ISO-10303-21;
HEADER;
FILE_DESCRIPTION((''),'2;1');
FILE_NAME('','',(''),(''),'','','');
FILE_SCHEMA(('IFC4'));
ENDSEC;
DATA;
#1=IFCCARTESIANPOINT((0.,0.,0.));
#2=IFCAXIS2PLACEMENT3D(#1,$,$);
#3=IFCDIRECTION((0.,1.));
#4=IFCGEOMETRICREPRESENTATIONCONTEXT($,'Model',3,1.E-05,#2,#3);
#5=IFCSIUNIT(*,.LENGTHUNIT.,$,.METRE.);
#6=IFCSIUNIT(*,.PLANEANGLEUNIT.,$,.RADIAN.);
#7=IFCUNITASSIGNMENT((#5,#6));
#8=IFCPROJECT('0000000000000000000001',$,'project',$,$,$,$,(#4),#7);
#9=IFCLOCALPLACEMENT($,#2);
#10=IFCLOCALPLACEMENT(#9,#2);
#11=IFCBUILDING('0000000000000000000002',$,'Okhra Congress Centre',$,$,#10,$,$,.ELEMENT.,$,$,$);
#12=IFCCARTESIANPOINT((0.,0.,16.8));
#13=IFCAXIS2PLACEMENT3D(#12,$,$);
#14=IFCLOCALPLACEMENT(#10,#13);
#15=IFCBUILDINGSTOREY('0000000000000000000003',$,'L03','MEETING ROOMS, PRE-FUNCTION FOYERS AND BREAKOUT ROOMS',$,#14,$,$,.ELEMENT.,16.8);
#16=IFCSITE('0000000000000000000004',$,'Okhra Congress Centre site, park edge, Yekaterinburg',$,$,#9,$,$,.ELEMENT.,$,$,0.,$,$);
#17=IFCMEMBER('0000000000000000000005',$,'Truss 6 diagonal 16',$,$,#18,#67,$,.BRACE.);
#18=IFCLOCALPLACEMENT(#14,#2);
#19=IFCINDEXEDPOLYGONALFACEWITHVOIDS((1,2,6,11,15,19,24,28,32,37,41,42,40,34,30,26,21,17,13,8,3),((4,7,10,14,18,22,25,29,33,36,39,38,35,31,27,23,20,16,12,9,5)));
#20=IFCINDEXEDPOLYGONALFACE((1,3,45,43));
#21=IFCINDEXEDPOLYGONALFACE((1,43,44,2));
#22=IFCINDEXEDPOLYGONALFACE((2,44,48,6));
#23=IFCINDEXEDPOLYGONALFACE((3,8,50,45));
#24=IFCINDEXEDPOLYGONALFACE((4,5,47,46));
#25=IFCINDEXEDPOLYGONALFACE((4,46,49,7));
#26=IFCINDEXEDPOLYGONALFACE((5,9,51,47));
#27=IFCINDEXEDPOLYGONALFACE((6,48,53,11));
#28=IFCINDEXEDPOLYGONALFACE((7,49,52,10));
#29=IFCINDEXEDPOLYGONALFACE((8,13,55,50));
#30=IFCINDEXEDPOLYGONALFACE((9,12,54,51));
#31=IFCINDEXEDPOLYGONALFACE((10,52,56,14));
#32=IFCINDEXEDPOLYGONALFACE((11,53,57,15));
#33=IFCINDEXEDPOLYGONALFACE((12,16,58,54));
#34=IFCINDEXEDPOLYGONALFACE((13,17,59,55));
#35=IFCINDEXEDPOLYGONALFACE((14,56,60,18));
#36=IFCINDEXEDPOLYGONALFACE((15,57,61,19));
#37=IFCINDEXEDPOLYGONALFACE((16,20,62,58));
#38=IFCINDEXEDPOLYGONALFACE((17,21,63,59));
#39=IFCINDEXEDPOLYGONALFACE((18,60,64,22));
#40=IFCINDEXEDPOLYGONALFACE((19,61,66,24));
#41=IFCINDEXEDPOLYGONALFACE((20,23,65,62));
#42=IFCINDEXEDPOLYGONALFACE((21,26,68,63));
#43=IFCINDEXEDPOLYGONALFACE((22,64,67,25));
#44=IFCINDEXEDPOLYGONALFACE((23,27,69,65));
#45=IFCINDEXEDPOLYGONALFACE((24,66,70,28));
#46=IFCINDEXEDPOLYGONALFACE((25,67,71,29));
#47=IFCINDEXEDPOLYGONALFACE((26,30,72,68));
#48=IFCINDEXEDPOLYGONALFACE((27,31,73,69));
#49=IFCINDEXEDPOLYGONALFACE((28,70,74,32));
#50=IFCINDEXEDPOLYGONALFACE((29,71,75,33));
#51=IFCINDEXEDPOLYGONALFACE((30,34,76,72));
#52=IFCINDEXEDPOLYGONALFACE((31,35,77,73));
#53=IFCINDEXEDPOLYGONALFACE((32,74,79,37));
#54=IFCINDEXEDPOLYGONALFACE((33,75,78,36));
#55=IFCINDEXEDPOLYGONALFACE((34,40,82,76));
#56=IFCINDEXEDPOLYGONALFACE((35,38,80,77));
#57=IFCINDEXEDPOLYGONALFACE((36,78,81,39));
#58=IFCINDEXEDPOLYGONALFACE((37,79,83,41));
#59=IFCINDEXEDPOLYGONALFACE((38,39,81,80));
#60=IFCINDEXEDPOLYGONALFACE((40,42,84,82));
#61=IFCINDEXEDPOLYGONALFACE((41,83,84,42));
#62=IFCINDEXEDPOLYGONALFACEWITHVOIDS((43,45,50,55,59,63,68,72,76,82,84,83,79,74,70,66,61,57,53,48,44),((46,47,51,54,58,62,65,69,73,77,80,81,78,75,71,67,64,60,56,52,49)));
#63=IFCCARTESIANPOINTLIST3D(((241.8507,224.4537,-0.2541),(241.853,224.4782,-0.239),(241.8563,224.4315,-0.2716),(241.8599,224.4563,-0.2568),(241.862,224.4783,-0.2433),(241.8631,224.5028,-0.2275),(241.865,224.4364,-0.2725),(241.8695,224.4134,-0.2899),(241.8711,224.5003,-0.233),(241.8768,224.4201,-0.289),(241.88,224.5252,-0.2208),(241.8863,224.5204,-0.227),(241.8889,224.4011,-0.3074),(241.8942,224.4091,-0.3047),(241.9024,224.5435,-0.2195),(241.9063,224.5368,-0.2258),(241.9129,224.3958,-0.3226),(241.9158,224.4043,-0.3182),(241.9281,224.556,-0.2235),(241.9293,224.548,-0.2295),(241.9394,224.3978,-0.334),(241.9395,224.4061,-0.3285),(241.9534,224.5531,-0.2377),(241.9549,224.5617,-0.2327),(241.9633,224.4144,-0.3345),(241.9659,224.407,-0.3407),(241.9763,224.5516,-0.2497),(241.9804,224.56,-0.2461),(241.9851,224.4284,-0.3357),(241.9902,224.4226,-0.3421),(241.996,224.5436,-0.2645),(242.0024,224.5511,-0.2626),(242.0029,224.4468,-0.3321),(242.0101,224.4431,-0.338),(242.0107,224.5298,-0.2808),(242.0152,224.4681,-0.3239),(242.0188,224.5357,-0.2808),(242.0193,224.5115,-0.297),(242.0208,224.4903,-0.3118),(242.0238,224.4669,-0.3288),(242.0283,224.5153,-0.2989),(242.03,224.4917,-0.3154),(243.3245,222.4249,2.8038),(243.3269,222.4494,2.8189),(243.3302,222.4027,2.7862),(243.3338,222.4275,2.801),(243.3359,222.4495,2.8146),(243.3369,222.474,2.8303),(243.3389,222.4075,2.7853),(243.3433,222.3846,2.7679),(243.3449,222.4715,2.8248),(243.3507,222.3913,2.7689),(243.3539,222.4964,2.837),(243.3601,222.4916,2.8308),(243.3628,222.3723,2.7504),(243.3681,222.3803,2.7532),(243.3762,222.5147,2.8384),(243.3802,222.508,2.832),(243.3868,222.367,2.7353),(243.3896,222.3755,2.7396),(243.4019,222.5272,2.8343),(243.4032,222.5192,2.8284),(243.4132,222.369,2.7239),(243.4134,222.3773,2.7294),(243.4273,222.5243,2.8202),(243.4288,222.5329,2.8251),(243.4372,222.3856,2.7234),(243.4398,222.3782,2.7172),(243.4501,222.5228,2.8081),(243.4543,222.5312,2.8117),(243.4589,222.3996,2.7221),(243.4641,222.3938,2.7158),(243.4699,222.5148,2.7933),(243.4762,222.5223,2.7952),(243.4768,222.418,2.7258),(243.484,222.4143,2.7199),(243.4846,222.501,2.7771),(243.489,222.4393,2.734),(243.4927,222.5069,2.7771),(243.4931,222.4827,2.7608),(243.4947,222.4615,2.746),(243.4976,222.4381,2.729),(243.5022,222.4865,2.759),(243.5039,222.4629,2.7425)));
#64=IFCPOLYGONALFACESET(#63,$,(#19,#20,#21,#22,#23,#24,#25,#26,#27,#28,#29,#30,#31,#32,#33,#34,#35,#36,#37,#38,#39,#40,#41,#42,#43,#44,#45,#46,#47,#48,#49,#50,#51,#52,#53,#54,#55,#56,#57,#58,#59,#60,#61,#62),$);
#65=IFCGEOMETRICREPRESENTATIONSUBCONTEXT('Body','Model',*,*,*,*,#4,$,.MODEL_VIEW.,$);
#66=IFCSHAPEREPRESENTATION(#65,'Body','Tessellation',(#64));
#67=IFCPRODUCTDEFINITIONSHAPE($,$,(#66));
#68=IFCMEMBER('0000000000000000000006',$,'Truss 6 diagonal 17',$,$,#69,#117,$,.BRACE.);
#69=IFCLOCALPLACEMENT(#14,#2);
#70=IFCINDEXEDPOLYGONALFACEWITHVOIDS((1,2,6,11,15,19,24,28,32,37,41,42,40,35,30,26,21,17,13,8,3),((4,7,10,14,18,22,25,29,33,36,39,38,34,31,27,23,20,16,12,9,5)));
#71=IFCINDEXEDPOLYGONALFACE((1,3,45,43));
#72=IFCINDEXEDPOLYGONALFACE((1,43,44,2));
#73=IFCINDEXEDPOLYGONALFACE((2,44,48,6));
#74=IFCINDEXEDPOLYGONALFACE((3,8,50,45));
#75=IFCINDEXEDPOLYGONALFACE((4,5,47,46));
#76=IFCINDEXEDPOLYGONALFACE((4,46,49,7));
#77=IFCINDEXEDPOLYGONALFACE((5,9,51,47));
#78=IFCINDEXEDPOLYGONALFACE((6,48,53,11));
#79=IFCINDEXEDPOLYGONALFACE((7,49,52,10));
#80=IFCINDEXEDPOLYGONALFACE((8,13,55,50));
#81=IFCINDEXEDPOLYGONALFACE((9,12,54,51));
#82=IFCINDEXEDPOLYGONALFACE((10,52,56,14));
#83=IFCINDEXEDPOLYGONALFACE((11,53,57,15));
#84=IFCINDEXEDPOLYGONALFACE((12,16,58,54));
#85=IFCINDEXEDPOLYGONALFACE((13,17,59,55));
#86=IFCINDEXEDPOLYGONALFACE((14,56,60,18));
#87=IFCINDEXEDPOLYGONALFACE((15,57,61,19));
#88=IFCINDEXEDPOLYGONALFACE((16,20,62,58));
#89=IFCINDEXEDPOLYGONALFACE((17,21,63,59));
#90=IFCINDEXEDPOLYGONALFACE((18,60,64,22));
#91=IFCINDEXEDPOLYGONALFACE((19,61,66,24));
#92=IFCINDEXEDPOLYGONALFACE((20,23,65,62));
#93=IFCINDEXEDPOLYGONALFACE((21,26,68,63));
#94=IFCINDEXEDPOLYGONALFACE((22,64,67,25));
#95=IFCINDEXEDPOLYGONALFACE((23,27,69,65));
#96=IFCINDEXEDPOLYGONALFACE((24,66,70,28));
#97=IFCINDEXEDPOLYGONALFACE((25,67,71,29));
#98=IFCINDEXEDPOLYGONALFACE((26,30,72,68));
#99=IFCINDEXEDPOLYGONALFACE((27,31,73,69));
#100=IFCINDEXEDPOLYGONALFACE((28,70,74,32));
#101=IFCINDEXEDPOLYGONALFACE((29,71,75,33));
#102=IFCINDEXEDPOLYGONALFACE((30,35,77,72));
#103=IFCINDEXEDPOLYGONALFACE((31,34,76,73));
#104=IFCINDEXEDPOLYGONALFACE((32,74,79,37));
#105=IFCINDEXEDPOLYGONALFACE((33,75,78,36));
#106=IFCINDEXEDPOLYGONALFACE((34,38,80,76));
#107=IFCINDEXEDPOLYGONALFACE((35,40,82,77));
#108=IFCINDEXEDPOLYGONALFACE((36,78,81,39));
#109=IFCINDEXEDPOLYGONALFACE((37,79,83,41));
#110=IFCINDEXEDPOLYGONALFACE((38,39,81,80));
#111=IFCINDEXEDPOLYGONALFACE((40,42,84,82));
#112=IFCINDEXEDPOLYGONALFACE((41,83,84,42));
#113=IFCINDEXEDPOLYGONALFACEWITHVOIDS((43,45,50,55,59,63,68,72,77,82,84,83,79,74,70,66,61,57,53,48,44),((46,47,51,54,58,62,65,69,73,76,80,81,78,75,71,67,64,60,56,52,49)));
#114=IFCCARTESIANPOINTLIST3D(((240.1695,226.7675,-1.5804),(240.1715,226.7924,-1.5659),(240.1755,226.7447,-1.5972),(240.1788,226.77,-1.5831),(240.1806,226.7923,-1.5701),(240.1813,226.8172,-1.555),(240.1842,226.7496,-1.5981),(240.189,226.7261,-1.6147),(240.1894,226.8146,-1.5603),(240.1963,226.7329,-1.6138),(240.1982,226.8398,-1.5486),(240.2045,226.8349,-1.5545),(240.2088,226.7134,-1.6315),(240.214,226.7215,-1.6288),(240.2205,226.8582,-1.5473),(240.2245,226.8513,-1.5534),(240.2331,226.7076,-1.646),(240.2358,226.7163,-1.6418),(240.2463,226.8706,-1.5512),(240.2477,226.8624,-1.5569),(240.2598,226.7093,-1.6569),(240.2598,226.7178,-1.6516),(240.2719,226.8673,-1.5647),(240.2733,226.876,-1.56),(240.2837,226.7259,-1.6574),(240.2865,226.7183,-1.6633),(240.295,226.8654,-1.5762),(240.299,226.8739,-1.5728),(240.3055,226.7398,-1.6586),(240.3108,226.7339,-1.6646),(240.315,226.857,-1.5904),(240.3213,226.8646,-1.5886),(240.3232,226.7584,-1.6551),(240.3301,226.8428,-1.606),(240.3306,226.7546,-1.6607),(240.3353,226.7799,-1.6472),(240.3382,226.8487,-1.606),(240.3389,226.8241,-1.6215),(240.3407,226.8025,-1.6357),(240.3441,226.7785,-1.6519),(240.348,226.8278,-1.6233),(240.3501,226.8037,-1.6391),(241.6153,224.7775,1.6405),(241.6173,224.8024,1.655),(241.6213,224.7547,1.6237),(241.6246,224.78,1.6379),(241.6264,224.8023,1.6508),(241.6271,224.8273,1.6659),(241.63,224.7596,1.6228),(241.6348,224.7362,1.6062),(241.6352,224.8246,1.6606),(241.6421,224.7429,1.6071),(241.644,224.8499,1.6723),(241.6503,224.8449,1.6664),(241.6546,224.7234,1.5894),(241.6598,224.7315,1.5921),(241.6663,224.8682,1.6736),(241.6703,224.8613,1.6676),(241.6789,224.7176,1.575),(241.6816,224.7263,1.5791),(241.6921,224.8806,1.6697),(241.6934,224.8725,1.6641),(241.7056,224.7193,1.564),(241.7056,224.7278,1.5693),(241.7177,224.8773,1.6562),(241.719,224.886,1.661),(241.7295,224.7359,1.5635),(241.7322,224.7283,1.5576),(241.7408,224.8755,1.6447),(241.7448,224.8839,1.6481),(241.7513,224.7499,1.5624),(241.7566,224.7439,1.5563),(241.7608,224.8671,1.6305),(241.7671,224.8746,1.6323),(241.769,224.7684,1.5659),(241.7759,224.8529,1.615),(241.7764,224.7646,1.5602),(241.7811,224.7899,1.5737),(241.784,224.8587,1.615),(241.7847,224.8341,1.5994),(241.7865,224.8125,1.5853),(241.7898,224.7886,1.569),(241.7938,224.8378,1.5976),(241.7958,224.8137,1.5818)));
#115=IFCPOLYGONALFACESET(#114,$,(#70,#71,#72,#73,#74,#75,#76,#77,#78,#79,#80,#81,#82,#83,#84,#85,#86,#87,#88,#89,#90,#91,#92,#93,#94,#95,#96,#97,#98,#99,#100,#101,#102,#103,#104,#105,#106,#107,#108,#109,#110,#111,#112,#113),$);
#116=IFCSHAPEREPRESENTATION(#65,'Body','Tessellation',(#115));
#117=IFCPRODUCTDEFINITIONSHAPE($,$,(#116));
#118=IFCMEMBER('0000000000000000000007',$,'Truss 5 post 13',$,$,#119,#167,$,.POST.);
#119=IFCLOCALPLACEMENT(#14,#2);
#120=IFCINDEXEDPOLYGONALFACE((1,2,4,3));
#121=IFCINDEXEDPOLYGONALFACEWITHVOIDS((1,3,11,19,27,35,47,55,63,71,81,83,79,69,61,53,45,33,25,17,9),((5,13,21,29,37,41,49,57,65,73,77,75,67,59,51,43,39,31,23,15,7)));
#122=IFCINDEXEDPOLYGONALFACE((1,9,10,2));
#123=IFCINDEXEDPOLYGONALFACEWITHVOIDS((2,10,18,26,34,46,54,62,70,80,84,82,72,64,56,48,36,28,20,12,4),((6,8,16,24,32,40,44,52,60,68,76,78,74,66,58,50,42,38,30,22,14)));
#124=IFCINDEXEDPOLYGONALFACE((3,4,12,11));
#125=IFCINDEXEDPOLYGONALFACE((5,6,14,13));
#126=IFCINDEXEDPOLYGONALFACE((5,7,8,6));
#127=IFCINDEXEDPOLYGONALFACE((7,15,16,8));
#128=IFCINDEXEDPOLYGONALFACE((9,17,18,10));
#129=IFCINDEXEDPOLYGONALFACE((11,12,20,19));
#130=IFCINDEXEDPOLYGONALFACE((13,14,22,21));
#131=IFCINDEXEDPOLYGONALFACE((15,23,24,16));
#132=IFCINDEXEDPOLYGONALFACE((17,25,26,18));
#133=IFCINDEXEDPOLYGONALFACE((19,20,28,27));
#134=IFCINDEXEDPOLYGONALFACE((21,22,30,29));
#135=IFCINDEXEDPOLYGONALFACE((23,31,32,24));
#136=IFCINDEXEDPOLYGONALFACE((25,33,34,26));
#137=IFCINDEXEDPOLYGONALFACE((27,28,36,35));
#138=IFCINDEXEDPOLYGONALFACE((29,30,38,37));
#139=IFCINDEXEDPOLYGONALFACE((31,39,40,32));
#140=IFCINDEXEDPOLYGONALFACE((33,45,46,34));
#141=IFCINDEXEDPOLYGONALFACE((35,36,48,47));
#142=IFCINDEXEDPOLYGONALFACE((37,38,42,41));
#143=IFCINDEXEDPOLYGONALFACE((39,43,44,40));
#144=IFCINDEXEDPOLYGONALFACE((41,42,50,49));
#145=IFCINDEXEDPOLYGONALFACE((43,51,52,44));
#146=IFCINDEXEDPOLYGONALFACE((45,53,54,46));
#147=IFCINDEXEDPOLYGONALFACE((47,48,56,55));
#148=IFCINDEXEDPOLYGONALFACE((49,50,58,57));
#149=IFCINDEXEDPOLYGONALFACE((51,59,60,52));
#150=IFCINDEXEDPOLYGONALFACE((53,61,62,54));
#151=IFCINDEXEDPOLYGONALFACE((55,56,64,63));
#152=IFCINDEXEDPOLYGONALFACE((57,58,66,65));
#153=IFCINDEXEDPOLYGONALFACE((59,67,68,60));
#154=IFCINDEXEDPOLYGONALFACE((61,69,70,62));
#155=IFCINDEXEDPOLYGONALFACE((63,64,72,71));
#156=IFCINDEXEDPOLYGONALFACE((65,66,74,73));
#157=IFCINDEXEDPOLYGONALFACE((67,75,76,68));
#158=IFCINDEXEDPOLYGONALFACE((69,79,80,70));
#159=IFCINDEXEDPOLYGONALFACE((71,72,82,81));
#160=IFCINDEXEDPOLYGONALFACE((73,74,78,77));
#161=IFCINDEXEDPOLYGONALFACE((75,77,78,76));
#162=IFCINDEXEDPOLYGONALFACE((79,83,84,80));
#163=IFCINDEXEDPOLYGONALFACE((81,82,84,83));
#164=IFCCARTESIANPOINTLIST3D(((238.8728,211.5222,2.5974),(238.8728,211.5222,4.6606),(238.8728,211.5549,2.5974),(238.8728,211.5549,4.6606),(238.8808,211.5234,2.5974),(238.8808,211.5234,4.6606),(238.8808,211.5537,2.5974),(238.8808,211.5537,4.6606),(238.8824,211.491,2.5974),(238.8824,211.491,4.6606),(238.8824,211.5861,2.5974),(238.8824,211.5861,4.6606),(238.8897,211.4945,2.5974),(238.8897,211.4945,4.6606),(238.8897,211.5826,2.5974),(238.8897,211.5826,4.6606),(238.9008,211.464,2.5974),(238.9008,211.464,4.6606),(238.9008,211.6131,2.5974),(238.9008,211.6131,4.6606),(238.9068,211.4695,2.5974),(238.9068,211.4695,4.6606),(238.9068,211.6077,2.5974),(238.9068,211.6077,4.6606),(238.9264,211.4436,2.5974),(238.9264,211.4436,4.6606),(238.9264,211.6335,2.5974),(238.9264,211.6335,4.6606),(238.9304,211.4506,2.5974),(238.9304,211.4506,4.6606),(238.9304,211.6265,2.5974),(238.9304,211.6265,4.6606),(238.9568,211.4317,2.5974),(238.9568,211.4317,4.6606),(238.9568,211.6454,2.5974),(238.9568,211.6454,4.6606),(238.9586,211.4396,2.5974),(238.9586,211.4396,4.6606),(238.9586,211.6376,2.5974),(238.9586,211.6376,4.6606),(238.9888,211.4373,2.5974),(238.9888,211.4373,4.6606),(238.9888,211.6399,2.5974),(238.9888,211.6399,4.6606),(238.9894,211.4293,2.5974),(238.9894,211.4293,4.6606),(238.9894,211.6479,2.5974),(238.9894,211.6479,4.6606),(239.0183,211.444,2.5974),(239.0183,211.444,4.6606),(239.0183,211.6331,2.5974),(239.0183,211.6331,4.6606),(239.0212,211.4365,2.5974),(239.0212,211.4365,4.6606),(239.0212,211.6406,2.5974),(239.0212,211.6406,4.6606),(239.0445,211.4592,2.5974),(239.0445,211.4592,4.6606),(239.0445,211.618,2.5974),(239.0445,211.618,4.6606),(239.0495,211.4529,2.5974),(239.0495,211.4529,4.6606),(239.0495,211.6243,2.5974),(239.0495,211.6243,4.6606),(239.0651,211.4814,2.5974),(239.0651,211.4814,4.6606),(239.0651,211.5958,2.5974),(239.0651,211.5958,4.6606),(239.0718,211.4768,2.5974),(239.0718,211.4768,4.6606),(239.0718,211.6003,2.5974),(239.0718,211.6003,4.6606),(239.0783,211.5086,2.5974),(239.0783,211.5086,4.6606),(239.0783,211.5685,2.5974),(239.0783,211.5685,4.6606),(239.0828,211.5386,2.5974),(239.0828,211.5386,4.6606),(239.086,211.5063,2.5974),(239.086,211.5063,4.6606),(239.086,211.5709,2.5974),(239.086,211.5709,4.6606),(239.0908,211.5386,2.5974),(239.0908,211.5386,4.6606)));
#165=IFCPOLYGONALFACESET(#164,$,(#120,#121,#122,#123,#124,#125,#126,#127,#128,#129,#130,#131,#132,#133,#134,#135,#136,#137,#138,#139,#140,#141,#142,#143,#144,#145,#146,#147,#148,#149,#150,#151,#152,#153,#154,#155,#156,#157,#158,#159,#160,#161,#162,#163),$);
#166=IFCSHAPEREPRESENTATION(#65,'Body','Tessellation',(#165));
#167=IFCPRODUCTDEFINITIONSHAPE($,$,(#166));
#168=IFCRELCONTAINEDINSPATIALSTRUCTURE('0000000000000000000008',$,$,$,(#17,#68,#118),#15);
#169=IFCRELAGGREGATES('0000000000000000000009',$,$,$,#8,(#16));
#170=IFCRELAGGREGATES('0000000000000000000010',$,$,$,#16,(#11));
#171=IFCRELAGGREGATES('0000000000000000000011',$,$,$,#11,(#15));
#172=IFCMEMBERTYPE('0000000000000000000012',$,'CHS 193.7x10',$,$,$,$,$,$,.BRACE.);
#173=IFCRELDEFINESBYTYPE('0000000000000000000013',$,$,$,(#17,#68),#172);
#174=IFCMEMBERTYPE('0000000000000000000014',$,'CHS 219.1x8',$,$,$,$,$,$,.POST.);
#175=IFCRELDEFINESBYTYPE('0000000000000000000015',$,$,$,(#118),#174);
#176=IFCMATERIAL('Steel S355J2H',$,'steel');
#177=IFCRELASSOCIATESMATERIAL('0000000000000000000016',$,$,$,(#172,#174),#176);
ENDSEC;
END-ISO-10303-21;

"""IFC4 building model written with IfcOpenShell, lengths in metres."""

from ifc_helpers import new_model, si_unit, direction, frame, origin, origin_2d, place, context, subcontext, project, spatial, hollow_circle, extrude, material, material_profile, profile_set, type_object, element, save


model = new_model("IFC4")

# Units and contexts
model_context = context("Model", 3, precision=1e-05, world=origin(), true_north=direction((0.0, 1.0)))
body_context = subcontext(model_context, "Body", "Model", "MODEL_VIEW")
ifc_project = project(units=[si_unit("LENGTHUNIT", "METRE"), si_unit("PLANEANGLEUNIT", "RADIAN")], contexts=[model_context])

# Site, building, storey
site_placement = place(None, origin())
site = spatial("IfcSite", under=ifc_project, at=site_placement, Name="Okhra Congress Centre site, park edge, Yekaterinburg", CompositionType="ELEMENT", RefElevation=0.0)
building_placement = place(site_placement, origin())
building = spatial("IfcBuilding", under=site, at=building_placement, Name="Okhra Congress Centre", CompositionType="ELEMENT")
storey_placement = place(building_placement, frame((0.0, 0.0, 16.8)))
storey = spatial("IfcBuildingStorey", under=building, at=storey_placement, Name="L03", Description="MEETING ROOMS, PRE-FUNCTION FOYERS AND BREAKOUT ROOMS", CompositionType="ELEMENT", Elevation=16.8)

# Members
ifc_material_1 = material(Name="Steel S355J2H", Category="steel")
ifc_material_profile_1 = material_profile(ifc_material_1, hollow_circle(Radius=0.0969, WallThickness=0.01, at=origin_2d()), Name="CHS 193.7x10")
ifc_profile_set_1 = profile_set([ifc_material_profile_1], Name="Steel S355J2H")
member_type_1 = type_object("IfcMemberType", Name="CHS 193.7x10", PredefinedType="BRACE", material=ifc_profile_set_1)
member_1_placement = place(storey_placement, frame((241.9404, 224.4788, -0.2808), z_axis=(0.372699, -0.513024, 0.773241), x_axis=(0.809043, 0.587749, 0.0)))
element("IfcMember", 1, at=member_1_placement, inside=storey, type_object=member_type_1, Name="Truss 6 diagonal 16", PredefinedType="BRACE", context=body_context, shape_type="SweptSolid", body=[
    extrude(hollow_circle(Radius=0.0969, WallThickness=0.01, at=origin_2d()), origin(), (0.0, 0.0, 1.0), 3.9546),
])
member_2_placement = place(storey_placement, frame((240.2598, 226.7917, -1.606), z_axis=(0.356744, -0.49102, 0.794753), x_axis=(0.809019, 0.587782, 0.0)))
element("IfcMember", 2, at=member_2_placement, inside=storey, type_object=member_type_1, Name="Truss 6 diagonal 17", PredefinedType="BRACE", context=body_context, shape_type="SweptSolid", body=[
    extrude(hollow_circle(Radius=0.0969, WallThickness=0.01, at=origin_2d()), origin(), (0.0, 0.0, 1.0), 4.0527),
])
ifc_material_profile_2 = material_profile(ifc_material_1, hollow_circle(Radius=0.1096, WallThickness=0.0081, at=origin_2d()), Name="CHS 219.1x8")
ifc_profile_set_2 = profile_set([ifc_material_profile_2], Name="Steel S355J2H")
member_type_2 = type_object("IfcMemberType", Name="CHS 219.1x8", PredefinedType="POST", material=ifc_profile_set_2)
member_3_placement = place(storey_placement, frame((238.9812, 211.5386, 2.5974), z_axis=(0.0, 0.0, 1.0), x_axis=(1.0, 0.0, 0.0)))
element("IfcMember", 3, at=member_3_placement, inside=storey, type_object=member_type_2, Name="Truss 5 post 13", PredefinedType="POST", context=body_context, shape_type="SweptSolid", body=[
    extrude(hollow_circle(Radius=0.1096, WallThickness=0.0081, at=origin_2d()), origin(), (0.0, 0.0, 1.0), 2.0632),
])

save(model, "model.ifc")
